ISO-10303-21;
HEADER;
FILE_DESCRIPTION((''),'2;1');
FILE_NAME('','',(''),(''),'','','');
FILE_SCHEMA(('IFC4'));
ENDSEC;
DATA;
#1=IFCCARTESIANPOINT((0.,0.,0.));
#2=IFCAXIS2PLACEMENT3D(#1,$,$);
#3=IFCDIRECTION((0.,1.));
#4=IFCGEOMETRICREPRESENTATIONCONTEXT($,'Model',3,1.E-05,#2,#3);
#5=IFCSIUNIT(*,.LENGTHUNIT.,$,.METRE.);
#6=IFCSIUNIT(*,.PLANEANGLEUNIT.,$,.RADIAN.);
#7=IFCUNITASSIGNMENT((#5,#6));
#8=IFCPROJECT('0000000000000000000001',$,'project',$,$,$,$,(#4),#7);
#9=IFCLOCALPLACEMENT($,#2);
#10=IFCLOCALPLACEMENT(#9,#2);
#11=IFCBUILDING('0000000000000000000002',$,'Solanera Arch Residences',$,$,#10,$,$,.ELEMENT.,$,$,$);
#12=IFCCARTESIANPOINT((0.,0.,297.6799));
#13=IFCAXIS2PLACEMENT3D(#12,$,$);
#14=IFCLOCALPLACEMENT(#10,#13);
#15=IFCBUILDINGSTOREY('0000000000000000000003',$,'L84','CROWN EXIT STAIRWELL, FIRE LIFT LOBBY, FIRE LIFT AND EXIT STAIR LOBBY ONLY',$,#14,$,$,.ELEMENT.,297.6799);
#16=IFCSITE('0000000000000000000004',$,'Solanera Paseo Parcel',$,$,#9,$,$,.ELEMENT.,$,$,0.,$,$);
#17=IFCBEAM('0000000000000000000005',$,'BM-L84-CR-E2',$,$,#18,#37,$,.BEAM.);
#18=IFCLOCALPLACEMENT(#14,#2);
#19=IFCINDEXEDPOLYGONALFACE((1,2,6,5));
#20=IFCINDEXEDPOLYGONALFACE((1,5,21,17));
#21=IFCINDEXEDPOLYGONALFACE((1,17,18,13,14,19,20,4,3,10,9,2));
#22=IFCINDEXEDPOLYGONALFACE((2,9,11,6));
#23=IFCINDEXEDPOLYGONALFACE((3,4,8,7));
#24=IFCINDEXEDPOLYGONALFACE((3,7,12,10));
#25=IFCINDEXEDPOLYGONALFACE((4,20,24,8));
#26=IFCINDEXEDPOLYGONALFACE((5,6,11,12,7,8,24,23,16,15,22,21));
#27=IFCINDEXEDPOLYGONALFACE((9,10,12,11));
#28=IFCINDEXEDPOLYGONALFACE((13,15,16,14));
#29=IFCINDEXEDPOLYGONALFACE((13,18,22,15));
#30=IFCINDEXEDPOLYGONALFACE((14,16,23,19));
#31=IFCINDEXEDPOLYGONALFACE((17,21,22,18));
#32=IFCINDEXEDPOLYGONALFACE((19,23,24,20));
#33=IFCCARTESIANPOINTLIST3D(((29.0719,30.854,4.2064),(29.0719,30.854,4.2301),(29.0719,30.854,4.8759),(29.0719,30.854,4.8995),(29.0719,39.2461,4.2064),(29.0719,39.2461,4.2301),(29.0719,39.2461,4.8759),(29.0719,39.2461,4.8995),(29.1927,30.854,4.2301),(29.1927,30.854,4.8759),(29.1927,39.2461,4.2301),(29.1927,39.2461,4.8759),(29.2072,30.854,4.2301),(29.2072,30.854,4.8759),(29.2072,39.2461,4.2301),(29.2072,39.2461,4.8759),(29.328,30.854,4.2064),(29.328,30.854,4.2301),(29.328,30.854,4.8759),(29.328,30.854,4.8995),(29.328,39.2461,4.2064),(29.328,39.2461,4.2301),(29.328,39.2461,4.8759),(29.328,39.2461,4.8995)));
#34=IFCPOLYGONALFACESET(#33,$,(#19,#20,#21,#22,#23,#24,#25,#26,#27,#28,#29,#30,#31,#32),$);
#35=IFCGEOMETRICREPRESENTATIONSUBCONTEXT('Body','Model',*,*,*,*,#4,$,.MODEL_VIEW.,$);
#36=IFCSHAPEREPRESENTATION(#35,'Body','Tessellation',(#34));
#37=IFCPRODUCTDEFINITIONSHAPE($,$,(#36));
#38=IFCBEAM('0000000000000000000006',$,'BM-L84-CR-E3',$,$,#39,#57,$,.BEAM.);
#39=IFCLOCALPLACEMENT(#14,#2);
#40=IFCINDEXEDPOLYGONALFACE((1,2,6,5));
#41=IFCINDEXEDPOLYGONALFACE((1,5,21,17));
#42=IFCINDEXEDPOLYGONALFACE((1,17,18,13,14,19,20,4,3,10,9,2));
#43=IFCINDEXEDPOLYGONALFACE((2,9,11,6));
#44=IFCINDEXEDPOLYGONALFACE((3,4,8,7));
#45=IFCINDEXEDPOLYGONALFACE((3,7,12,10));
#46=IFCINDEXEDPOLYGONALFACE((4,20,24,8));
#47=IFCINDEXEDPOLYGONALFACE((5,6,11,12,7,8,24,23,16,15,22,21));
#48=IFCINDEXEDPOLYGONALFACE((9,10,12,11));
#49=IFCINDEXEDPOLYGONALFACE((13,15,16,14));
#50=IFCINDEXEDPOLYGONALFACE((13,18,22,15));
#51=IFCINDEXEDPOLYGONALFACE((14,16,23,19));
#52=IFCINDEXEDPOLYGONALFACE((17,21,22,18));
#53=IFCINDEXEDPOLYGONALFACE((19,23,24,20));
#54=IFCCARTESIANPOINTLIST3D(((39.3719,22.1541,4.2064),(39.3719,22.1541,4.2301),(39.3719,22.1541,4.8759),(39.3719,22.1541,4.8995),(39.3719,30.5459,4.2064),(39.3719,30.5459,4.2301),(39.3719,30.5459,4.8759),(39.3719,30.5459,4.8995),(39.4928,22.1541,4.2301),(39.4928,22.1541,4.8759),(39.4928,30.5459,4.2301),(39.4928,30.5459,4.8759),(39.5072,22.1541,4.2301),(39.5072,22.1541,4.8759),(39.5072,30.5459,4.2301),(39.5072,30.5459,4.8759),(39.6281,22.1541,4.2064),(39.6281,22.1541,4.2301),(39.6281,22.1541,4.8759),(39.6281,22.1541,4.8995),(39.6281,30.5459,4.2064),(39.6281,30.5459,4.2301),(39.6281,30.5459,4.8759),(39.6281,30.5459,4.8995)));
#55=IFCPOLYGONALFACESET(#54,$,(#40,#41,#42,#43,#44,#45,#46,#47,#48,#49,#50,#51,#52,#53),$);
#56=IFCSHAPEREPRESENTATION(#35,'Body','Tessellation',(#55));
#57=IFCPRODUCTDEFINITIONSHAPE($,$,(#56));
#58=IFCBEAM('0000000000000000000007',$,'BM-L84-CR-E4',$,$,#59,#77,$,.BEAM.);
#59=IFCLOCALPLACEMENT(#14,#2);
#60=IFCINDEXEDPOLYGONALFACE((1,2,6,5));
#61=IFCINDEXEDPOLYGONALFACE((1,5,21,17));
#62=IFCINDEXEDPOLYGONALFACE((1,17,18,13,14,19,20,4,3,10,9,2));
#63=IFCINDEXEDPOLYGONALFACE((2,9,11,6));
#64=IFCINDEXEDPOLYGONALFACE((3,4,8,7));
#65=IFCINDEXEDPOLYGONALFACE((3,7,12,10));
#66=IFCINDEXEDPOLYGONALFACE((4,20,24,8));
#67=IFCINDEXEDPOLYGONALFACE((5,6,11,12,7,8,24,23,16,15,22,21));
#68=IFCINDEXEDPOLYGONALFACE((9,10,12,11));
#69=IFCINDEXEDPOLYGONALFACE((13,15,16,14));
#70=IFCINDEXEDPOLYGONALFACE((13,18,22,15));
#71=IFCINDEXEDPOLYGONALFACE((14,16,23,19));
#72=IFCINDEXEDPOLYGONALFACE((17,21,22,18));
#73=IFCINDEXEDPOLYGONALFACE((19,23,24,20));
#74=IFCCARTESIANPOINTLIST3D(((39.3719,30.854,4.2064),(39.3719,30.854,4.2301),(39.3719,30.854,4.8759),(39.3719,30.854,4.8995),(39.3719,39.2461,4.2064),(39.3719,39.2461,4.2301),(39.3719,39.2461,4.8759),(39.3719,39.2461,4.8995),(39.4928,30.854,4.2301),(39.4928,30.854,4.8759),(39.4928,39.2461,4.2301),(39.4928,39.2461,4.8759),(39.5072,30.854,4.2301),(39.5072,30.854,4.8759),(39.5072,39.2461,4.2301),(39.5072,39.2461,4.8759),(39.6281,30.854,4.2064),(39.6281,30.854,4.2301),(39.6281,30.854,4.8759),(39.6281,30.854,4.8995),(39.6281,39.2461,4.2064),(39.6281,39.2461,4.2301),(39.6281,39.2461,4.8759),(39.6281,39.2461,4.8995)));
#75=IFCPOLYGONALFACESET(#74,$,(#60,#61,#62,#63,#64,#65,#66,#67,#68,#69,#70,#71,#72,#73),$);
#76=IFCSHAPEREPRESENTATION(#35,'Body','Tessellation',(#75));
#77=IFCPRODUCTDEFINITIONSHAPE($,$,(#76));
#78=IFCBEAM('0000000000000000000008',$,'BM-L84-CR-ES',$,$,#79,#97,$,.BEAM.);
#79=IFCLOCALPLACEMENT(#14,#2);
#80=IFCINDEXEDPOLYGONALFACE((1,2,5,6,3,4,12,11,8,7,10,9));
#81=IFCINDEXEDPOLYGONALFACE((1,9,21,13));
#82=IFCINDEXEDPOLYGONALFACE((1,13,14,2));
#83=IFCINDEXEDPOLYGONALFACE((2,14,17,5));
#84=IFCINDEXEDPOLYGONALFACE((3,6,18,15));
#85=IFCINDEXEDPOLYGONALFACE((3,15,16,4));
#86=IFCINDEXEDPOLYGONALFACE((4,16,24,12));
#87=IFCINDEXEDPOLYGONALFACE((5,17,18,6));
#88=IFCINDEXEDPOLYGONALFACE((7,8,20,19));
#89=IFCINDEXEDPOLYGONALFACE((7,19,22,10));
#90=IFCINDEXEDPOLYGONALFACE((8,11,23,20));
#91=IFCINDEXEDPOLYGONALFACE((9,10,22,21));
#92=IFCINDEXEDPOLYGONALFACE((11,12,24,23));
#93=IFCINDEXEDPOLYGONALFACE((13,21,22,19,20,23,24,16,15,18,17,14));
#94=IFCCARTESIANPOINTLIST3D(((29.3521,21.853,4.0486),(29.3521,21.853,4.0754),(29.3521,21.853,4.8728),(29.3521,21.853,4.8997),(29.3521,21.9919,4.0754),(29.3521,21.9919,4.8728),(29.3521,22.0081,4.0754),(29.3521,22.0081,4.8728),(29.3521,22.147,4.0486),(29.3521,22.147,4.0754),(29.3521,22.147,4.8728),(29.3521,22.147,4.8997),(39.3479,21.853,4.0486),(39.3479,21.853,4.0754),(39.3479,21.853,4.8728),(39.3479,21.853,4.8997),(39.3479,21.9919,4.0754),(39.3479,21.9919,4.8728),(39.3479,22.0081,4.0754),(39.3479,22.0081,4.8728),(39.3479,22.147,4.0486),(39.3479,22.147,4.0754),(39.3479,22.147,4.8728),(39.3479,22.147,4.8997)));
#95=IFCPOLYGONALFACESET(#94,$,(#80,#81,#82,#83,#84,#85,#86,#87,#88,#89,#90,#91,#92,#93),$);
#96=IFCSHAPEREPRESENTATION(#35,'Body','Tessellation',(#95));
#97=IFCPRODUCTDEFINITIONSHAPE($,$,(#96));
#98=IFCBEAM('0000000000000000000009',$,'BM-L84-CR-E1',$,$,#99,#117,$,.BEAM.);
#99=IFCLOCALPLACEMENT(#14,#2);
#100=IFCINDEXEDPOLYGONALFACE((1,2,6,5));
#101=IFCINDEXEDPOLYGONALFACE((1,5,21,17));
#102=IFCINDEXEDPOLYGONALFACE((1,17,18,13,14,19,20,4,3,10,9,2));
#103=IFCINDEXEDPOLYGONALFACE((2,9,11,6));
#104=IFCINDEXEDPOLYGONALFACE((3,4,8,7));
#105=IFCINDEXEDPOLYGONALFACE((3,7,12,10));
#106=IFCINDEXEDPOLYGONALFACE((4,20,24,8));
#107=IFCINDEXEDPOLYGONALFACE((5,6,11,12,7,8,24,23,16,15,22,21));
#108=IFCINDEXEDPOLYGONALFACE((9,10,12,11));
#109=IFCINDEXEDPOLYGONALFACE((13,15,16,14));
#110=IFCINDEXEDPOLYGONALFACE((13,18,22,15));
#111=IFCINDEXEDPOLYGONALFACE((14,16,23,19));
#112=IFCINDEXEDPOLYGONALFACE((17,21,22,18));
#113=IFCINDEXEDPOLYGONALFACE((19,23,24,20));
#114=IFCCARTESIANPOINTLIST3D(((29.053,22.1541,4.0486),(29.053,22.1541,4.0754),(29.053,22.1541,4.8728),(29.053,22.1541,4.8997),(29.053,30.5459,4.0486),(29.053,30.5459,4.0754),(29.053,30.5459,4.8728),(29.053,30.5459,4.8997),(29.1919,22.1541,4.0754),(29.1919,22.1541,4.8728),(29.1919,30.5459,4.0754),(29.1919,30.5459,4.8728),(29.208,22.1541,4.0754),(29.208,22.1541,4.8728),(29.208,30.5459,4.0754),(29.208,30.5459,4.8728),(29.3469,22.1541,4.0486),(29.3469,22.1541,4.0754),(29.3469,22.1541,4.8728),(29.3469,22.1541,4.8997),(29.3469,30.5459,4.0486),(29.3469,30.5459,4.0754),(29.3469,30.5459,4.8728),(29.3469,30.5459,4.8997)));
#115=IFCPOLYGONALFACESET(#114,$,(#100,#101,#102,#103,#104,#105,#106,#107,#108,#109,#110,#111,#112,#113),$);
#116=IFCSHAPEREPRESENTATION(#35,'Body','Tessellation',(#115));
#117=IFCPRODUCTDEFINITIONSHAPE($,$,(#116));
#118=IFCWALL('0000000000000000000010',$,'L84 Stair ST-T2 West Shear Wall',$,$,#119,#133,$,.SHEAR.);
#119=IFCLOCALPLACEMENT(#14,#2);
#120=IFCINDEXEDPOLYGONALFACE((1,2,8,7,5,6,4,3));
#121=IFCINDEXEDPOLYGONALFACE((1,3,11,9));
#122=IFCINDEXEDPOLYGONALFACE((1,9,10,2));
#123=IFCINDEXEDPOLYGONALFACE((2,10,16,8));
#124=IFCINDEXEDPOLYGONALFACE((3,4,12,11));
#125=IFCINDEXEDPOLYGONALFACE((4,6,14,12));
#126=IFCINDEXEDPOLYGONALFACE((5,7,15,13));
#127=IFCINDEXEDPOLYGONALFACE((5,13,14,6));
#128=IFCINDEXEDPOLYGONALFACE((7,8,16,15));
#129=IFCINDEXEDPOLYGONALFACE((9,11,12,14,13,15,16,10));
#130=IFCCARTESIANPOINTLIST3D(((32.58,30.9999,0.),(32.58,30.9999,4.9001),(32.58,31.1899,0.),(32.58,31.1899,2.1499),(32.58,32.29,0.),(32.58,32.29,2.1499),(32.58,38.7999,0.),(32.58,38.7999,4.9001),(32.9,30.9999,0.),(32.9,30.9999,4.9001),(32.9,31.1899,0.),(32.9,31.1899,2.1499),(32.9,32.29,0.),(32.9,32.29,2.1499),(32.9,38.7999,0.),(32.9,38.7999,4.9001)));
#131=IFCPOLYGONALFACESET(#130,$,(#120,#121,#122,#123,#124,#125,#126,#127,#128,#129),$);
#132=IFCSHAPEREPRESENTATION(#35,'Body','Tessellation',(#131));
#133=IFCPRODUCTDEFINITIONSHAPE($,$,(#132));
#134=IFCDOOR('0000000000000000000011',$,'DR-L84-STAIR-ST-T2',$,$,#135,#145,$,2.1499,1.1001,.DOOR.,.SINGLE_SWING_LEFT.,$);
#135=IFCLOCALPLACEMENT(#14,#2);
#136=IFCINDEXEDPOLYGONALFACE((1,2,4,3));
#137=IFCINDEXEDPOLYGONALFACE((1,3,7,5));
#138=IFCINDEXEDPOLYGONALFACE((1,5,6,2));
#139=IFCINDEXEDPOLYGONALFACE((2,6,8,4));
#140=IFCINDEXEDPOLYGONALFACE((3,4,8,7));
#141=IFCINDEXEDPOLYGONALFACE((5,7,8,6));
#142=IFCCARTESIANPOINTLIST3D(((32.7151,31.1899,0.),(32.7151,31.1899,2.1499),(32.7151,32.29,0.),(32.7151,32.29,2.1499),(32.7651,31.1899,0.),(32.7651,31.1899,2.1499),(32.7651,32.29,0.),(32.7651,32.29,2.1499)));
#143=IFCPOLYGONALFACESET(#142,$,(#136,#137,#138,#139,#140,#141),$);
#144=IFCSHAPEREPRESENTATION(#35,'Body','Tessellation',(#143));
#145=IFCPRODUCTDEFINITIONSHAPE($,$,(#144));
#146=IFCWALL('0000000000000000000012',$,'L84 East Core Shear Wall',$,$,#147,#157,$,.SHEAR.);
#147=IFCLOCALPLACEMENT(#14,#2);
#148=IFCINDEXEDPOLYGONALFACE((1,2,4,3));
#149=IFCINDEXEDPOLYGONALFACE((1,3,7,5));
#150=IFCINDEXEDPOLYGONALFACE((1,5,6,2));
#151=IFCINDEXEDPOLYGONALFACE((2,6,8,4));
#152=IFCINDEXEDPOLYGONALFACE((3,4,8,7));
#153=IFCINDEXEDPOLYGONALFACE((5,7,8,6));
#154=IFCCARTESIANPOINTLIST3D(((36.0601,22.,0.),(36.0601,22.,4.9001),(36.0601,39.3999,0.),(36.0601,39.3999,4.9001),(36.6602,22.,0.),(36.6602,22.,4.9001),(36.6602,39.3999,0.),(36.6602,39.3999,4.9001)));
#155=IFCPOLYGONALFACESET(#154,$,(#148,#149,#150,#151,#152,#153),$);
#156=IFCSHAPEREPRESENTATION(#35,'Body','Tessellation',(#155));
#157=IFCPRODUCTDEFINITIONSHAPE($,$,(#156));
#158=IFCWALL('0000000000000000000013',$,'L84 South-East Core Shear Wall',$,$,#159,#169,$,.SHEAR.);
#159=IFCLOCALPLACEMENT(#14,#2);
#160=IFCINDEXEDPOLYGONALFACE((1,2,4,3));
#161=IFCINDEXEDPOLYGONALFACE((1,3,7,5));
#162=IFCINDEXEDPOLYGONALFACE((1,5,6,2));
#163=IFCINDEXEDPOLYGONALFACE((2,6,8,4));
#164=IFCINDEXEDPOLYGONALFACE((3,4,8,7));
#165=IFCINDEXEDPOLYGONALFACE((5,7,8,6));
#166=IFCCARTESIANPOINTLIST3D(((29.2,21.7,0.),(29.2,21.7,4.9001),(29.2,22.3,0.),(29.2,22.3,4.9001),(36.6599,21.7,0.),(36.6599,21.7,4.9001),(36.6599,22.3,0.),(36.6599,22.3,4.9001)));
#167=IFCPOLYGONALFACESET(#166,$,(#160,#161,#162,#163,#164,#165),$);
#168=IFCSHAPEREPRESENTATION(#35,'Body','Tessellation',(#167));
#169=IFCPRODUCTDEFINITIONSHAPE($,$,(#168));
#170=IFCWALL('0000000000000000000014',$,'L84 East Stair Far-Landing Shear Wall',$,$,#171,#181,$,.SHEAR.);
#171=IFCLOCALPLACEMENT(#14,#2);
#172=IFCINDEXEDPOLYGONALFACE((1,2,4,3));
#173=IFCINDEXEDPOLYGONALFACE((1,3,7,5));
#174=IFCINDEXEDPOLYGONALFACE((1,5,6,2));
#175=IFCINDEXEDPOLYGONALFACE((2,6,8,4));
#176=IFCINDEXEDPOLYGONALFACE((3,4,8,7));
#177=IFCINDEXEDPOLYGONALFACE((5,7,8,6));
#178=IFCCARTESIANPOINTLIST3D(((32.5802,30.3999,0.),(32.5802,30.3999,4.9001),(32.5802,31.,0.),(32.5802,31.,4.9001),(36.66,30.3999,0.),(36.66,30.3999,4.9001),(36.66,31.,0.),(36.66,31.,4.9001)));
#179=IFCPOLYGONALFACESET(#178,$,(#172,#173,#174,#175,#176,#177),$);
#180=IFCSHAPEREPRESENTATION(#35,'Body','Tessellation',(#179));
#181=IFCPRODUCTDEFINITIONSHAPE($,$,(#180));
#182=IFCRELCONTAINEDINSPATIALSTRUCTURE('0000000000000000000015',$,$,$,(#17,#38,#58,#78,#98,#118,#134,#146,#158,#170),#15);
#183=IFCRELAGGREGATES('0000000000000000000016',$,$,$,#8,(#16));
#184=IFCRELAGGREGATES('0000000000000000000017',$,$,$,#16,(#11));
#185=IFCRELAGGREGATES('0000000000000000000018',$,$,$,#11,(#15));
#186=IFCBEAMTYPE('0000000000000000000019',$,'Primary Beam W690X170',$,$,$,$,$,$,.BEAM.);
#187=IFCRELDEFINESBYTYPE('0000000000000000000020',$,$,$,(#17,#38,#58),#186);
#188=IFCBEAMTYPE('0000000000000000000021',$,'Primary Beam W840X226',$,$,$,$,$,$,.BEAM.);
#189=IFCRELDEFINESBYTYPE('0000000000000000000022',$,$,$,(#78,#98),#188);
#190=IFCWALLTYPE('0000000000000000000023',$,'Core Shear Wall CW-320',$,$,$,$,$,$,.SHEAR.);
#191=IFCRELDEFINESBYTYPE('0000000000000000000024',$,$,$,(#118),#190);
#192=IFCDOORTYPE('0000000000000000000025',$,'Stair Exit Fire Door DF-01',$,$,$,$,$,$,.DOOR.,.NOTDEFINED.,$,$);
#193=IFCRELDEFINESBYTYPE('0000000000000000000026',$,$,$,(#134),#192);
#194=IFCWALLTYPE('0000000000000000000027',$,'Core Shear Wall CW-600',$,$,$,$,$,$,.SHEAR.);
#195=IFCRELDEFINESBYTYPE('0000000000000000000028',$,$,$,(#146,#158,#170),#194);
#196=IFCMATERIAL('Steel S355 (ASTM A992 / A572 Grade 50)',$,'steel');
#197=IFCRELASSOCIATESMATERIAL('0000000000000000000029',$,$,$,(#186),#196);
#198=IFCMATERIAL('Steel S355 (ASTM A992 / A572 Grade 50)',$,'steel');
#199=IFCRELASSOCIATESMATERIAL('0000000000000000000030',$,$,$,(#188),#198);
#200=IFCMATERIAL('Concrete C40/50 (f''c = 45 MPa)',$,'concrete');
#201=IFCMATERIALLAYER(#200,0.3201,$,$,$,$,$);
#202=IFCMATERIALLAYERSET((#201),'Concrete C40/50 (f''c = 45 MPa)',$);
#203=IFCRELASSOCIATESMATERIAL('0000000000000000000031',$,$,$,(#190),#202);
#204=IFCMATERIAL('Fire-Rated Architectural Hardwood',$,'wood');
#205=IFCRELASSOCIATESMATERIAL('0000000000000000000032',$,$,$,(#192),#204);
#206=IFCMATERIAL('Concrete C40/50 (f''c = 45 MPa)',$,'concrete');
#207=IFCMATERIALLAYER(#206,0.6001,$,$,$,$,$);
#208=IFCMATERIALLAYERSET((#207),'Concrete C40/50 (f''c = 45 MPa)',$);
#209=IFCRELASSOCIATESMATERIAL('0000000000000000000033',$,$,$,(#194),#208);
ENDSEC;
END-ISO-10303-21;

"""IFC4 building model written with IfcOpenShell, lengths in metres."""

from ifc_helpers import new_model, si_unit, direction, frame, frame_2d, origin, origin_2d, place, context, subcontext, project, spatial, rectangle, i_section, extrude, material, layer, layer_set, material_profile, profile_set, type_object, element, fill, save


model = new_model("IFC4")

# Units and contexts
model_context = context("Model", 3, precision=1e-05, world=origin(), true_north=direction((0.0, 1.0)))
body_context = subcontext(model_context, "Body", "Model", "MODEL_VIEW")
ifc_project = project(units=[si_unit("LENGTHUNIT", "METRE"), si_unit("PLANEANGLEUNIT", "RADIAN")], contexts=[model_context])

# Site, building, storey
site_placement = place(None, origin())
site = spatial("IfcSite", under=ifc_project, at=site_placement, Name="Solanera Paseo Parcel", CompositionType="ELEMENT", RefElevation=0.0)
building_placement = place(site_placement, origin())
building = spatial("IfcBuilding", under=site, at=building_placement, Name="Solanera Arch Residences", CompositionType="ELEMENT")
storey_placement = place(building_placement, frame((0.0, 0.0, 297.6799)))
storey = spatial("IfcBuildingStorey", under=building, at=storey_placement, Name="L84", Description="CROWN EXIT STAIRWELL, FIRE LIFT LOBBY, FIRE LIFT AND EXIT STAIR LOBBY ONLY", CompositionType="ELEMENT", Elevation=297.6799)

# Beams
ifc_material_1 = material(Name="Steel S355 (ASTM A992 / A572 Grade 50)", Category="steel")
ifc_material_profile_1 = material_profile(ifc_material_1, i_section(OverallWidth=0.2561, OverallDepth=0.6931, WebThickness=0.0144, FlangeThickness=0.0237, at=origin_2d()))
ifc_profile_set_1 = profile_set([ifc_material_profile_1], Name="Steel S355 (ASTM A992 / A572 Grade 50)")
beam_type_1 = type_object("IfcBeamType", Name="Primary Beam W690X170", PredefinedType="BEAM", material=ifc_profile_set_1)
beam_1_placement = place(storey_placement, frame((29.2, 30.854, 4.553), z_axis=(0.0, 1.0, 0.0), x_axis=(-1.0, 0.0, 0.0)))
element("IfcBeam", 1, at=beam_1_placement, inside=storey, type_object=beam_type_1, Name="BM-L84-CR-E2", PredefinedType="BEAM", context=body_context, shape_type="SweptSolid", body=[
    extrude(i_section(OverallWidth=0.2561, OverallDepth=0.6931, WebThickness=0.0144, FlangeThickness=0.0237, at=origin_2d()), origin(), (0.0, 0.0, 1.0), 8.3921),
])
beam_2_placement = place(storey_placement, frame((39.5, 22.1541, 4.553), z_axis=(0.0, 1.0, 0.0), x_axis=(-1.0, 0.0, 0.0)))
element("IfcBeam", 2, at=beam_2_placement, inside=storey, type_object=beam_type_1, Name="BM-L84-CR-E3", PredefinedType="BEAM", context=body_context, shape_type="SweptSolid", body=[
    extrude(i_section(OverallWidth=0.2561, OverallDepth=0.6931, WebThickness=0.0144, FlangeThickness=0.0237, at=origin_2d()), origin(), (0.0, 0.0, 1.0), 8.3918),
])
beam_3_placement = place(storey_placement, frame((39.5, 30.854, 4.553), z_axis=(0.0, 1.0, 0.0), x_axis=(-1.0, 0.0, 0.0)))
element("IfcBeam", 3, at=beam_3_placement, inside=storey, type_object=beam_type_1, Name="BM-L84-CR-E4", PredefinedType="BEAM", context=body_context, shape_type="SweptSolid", body=[
    extrude(i_section(OverallWidth=0.2561, OverallDepth=0.6931, WebThickness=0.0144, FlangeThickness=0.0237, at=origin_2d()), origin(), (0.0, 0.0, 1.0), 8.3921),
])
ifc_material_2 = material(Name="Steel S355 (ASTM A992 / A572 Grade 50)", Category="steel")
ifc_material_profile_2 = material_profile(ifc_material_2, i_section(OverallWidth=0.2939, OverallDepth=0.8511, WebThickness=0.0161, FlangeThickness=0.0269, at=origin_2d()))
ifc_profile_set_2 = profile_set([ifc_material_profile_2], Name="Steel S355 (ASTM A992 / A572 Grade 50)")
beam_type_2 = type_object("IfcBeamType", Name="Primary Beam W840X226", PredefinedType="BEAM", material=ifc_profile_set_2)
beam_4_placement = place(storey_placement, frame((29.3521, 22.0, 4.4741), z_axis=(1.0, 0.0, 0.0), x_axis=(0.0, 1.0, 0.0)))
element("IfcBeam", 4, at=beam_4_placement, inside=storey, type_object=beam_type_2, Name="BM-L84-CR-ES", PredefinedType="BEAM", context=body_context, shape_type="SweptSolid", body=[
    extrude(i_section(OverallWidth=0.2939, OverallDepth=0.8511, WebThickness=0.0161, FlangeThickness=0.0269, at=origin_2d()), origin(), (0.0, 0.0, 1.0), 9.9958),
])
beam_5_placement = place(storey_placement, frame((29.2, 22.1541, 4.4741), z_axis=(0.0, 1.0, 0.0), x_axis=(-1.0, 0.0, 0.0)))
element("IfcBeam", 5, at=beam_5_placement, inside=storey, type_object=beam_type_2, Name="BM-L84-CR-E1", PredefinedType="BEAM", context=body_context, shape_type="SweptSolid", body=[
    extrude(i_section(OverallWidth=0.2939, OverallDepth=0.8511, WebThickness=0.0161, FlangeThickness=0.0269, at=origin_2d()), origin(), (0.0, 0.0, 1.0), 8.3918),
])

# Wall, opening, door
ifc_material_3 = material(Name="Concrete C40/50 (f'c = 45 MPa)", Category="concrete")
ifc_layer_1 = layer(ifc_material_3, 0.3201)
ifc_layer_set_1 = layer_set([ifc_layer_1], Name="Concrete C40/50 (f'c = 45 MPa)")
wall_type_1 = type_object("IfcWallType", Name="Core Shear Wall CW-320", PredefinedType="SHEAR", material=ifc_layer_set_1)
wall_1_placement = place(storey_placement, frame((32.74, 31.0, 0.0), z_axis=(0.0, 0.0, 1.0), x_axis=(0.0, 1.0, 0.0)))
wall_1 = element("IfcWall", 6, at=wall_1_placement, inside=storey, type_object=wall_type_1, Name="L84 Stair ST-T2 West Shear Wall", PredefinedType="SHEAR", context=body_context, shape_type="SweptSolid", body=[
    extrude(rectangle(XDim=7.8, YDim=0.3201, at=frame_2d((3.8999, 0.0))), origin(), (0.0, 0.0, 1.0), 4.9001),
])
opening_placement = place(wall_1_placement, frame((0.1899, 0.0, 0.0)))
opening = element("IfcOpeningElement", 7, at=opening_placement, cuts=wall_1, PredefinedType="OPENING", context=body_context, shape_type="SweptSolid", body=[
    extrude(rectangle(XDim=1.1001, YDim=2.1499, at=frame_2d((0.55, 1.075))), frame((0.0, 0.1699, 0.0), z_axis=(0.0, -1.0, 0.0), x_axis=(1.0, 0.0, 0.0)), (0.0, 0.0, 1.0), 0.3401),
])
ifc_material_4 = material(Name="Fire-Rated Architectural Hardwood", Category="wood")
door_type = type_object("IfcDoorType", Name="Stair Exit Fire Door DF-01", OperationType="NOTDEFINED", PredefinedType="DOOR", material=ifc_material_4)
door_placement = place(opening_placement, origin())
door = element("IfcDoor", 8, at=door_placement, inside=storey, type_object=door_type, Name="DR-L84-STAIR-ST-T2", OperationType="SINGLE_SWING_LEFT", OverallHeight=2.1499, OverallWidth=1.1001, PredefinedType="DOOR", context=body_context, shape_type="SweptSolid", body=[
    extrude(rectangle(XDim=1.1001, YDim=2.1499, at=frame_2d((0.55, 1.075))), frame((0.0, 0.0249, 0.0), z_axis=(0.0, -1.0, 0.0), x_axis=(1.0, 0.0, 0.0)), (0.0, 0.0, 1.0), 0.05),
])
fill(opening, door)

# Walls
ifc_material_5 = material(Name="Concrete C40/50 (f'c = 45 MPa)", Category="concrete")
ifc_layer_2 = layer(ifc_material_5, 0.6001)
ifc_layer_set_2 = layer_set([ifc_layer_2], Name="Concrete C40/50 (f'c = 45 MPa)")
wall_type_2 = type_object("IfcWallType", Name="Core Shear Wall CW-600", PredefinedType="SHEAR", material=ifc_layer_set_2)
wall_2_placement = place(storey_placement, frame((36.3601, 22.0, 0.0), z_axis=(0.0, 0.0, 1.0), x_axis=(0.0, 1.0, 0.0)))
element("IfcWall", 9, at=wall_2_placement, inside=storey, type_object=wall_type_2, Name="L84 East Core Shear Wall", PredefinedType="SHEAR", context=body_context, shape_type="SweptSolid", body=[
    extrude(rectangle(XDim=17.3999, YDim=0.6001, at=frame_2d((8.7, 0.0))), origin(), (0.0, 0.0, 1.0), 4.9001),
])
wall_3_placement = place(storey_placement, frame((29.2, 22.0, 0.0), z_axis=(0.0, 0.0, 1.0), x_axis=(1.0, 0.0, 0.0)))
element("IfcWall", 10, at=wall_3_placement, inside=storey, type_object=wall_type_2, Name="L84 South-East Core Shear Wall", PredefinedType="SHEAR", context=body_context, shape_type="SweptSolid", body=[
    extrude(rectangle(XDim=7.46, YDim=0.6001, at=frame_2d((3.73, 0.0))), origin(), (0.0, 0.0, 1.0), 4.9001),
])
wall_4_placement = place(storey_placement, frame((32.5801, 30.7, 0.0), z_axis=(0.0, 0.0, 1.0), x_axis=(1.0, 0.0, 0.0)))
element("IfcWall", 11, at=wall_4_placement, inside=storey, type_object=wall_type_2, Name="L84 East Stair Far-Landing Shear Wall", PredefinedType="SHEAR", context=body_context, shape_type="SweptSolid", body=[
    extrude(rectangle(XDim=4.0798, YDim=0.6001, at=frame_2d((2.04, 0.0))), origin(), (0.0, 0.0, 1.0), 4.9001),
])

save(model, "model.ifc")
